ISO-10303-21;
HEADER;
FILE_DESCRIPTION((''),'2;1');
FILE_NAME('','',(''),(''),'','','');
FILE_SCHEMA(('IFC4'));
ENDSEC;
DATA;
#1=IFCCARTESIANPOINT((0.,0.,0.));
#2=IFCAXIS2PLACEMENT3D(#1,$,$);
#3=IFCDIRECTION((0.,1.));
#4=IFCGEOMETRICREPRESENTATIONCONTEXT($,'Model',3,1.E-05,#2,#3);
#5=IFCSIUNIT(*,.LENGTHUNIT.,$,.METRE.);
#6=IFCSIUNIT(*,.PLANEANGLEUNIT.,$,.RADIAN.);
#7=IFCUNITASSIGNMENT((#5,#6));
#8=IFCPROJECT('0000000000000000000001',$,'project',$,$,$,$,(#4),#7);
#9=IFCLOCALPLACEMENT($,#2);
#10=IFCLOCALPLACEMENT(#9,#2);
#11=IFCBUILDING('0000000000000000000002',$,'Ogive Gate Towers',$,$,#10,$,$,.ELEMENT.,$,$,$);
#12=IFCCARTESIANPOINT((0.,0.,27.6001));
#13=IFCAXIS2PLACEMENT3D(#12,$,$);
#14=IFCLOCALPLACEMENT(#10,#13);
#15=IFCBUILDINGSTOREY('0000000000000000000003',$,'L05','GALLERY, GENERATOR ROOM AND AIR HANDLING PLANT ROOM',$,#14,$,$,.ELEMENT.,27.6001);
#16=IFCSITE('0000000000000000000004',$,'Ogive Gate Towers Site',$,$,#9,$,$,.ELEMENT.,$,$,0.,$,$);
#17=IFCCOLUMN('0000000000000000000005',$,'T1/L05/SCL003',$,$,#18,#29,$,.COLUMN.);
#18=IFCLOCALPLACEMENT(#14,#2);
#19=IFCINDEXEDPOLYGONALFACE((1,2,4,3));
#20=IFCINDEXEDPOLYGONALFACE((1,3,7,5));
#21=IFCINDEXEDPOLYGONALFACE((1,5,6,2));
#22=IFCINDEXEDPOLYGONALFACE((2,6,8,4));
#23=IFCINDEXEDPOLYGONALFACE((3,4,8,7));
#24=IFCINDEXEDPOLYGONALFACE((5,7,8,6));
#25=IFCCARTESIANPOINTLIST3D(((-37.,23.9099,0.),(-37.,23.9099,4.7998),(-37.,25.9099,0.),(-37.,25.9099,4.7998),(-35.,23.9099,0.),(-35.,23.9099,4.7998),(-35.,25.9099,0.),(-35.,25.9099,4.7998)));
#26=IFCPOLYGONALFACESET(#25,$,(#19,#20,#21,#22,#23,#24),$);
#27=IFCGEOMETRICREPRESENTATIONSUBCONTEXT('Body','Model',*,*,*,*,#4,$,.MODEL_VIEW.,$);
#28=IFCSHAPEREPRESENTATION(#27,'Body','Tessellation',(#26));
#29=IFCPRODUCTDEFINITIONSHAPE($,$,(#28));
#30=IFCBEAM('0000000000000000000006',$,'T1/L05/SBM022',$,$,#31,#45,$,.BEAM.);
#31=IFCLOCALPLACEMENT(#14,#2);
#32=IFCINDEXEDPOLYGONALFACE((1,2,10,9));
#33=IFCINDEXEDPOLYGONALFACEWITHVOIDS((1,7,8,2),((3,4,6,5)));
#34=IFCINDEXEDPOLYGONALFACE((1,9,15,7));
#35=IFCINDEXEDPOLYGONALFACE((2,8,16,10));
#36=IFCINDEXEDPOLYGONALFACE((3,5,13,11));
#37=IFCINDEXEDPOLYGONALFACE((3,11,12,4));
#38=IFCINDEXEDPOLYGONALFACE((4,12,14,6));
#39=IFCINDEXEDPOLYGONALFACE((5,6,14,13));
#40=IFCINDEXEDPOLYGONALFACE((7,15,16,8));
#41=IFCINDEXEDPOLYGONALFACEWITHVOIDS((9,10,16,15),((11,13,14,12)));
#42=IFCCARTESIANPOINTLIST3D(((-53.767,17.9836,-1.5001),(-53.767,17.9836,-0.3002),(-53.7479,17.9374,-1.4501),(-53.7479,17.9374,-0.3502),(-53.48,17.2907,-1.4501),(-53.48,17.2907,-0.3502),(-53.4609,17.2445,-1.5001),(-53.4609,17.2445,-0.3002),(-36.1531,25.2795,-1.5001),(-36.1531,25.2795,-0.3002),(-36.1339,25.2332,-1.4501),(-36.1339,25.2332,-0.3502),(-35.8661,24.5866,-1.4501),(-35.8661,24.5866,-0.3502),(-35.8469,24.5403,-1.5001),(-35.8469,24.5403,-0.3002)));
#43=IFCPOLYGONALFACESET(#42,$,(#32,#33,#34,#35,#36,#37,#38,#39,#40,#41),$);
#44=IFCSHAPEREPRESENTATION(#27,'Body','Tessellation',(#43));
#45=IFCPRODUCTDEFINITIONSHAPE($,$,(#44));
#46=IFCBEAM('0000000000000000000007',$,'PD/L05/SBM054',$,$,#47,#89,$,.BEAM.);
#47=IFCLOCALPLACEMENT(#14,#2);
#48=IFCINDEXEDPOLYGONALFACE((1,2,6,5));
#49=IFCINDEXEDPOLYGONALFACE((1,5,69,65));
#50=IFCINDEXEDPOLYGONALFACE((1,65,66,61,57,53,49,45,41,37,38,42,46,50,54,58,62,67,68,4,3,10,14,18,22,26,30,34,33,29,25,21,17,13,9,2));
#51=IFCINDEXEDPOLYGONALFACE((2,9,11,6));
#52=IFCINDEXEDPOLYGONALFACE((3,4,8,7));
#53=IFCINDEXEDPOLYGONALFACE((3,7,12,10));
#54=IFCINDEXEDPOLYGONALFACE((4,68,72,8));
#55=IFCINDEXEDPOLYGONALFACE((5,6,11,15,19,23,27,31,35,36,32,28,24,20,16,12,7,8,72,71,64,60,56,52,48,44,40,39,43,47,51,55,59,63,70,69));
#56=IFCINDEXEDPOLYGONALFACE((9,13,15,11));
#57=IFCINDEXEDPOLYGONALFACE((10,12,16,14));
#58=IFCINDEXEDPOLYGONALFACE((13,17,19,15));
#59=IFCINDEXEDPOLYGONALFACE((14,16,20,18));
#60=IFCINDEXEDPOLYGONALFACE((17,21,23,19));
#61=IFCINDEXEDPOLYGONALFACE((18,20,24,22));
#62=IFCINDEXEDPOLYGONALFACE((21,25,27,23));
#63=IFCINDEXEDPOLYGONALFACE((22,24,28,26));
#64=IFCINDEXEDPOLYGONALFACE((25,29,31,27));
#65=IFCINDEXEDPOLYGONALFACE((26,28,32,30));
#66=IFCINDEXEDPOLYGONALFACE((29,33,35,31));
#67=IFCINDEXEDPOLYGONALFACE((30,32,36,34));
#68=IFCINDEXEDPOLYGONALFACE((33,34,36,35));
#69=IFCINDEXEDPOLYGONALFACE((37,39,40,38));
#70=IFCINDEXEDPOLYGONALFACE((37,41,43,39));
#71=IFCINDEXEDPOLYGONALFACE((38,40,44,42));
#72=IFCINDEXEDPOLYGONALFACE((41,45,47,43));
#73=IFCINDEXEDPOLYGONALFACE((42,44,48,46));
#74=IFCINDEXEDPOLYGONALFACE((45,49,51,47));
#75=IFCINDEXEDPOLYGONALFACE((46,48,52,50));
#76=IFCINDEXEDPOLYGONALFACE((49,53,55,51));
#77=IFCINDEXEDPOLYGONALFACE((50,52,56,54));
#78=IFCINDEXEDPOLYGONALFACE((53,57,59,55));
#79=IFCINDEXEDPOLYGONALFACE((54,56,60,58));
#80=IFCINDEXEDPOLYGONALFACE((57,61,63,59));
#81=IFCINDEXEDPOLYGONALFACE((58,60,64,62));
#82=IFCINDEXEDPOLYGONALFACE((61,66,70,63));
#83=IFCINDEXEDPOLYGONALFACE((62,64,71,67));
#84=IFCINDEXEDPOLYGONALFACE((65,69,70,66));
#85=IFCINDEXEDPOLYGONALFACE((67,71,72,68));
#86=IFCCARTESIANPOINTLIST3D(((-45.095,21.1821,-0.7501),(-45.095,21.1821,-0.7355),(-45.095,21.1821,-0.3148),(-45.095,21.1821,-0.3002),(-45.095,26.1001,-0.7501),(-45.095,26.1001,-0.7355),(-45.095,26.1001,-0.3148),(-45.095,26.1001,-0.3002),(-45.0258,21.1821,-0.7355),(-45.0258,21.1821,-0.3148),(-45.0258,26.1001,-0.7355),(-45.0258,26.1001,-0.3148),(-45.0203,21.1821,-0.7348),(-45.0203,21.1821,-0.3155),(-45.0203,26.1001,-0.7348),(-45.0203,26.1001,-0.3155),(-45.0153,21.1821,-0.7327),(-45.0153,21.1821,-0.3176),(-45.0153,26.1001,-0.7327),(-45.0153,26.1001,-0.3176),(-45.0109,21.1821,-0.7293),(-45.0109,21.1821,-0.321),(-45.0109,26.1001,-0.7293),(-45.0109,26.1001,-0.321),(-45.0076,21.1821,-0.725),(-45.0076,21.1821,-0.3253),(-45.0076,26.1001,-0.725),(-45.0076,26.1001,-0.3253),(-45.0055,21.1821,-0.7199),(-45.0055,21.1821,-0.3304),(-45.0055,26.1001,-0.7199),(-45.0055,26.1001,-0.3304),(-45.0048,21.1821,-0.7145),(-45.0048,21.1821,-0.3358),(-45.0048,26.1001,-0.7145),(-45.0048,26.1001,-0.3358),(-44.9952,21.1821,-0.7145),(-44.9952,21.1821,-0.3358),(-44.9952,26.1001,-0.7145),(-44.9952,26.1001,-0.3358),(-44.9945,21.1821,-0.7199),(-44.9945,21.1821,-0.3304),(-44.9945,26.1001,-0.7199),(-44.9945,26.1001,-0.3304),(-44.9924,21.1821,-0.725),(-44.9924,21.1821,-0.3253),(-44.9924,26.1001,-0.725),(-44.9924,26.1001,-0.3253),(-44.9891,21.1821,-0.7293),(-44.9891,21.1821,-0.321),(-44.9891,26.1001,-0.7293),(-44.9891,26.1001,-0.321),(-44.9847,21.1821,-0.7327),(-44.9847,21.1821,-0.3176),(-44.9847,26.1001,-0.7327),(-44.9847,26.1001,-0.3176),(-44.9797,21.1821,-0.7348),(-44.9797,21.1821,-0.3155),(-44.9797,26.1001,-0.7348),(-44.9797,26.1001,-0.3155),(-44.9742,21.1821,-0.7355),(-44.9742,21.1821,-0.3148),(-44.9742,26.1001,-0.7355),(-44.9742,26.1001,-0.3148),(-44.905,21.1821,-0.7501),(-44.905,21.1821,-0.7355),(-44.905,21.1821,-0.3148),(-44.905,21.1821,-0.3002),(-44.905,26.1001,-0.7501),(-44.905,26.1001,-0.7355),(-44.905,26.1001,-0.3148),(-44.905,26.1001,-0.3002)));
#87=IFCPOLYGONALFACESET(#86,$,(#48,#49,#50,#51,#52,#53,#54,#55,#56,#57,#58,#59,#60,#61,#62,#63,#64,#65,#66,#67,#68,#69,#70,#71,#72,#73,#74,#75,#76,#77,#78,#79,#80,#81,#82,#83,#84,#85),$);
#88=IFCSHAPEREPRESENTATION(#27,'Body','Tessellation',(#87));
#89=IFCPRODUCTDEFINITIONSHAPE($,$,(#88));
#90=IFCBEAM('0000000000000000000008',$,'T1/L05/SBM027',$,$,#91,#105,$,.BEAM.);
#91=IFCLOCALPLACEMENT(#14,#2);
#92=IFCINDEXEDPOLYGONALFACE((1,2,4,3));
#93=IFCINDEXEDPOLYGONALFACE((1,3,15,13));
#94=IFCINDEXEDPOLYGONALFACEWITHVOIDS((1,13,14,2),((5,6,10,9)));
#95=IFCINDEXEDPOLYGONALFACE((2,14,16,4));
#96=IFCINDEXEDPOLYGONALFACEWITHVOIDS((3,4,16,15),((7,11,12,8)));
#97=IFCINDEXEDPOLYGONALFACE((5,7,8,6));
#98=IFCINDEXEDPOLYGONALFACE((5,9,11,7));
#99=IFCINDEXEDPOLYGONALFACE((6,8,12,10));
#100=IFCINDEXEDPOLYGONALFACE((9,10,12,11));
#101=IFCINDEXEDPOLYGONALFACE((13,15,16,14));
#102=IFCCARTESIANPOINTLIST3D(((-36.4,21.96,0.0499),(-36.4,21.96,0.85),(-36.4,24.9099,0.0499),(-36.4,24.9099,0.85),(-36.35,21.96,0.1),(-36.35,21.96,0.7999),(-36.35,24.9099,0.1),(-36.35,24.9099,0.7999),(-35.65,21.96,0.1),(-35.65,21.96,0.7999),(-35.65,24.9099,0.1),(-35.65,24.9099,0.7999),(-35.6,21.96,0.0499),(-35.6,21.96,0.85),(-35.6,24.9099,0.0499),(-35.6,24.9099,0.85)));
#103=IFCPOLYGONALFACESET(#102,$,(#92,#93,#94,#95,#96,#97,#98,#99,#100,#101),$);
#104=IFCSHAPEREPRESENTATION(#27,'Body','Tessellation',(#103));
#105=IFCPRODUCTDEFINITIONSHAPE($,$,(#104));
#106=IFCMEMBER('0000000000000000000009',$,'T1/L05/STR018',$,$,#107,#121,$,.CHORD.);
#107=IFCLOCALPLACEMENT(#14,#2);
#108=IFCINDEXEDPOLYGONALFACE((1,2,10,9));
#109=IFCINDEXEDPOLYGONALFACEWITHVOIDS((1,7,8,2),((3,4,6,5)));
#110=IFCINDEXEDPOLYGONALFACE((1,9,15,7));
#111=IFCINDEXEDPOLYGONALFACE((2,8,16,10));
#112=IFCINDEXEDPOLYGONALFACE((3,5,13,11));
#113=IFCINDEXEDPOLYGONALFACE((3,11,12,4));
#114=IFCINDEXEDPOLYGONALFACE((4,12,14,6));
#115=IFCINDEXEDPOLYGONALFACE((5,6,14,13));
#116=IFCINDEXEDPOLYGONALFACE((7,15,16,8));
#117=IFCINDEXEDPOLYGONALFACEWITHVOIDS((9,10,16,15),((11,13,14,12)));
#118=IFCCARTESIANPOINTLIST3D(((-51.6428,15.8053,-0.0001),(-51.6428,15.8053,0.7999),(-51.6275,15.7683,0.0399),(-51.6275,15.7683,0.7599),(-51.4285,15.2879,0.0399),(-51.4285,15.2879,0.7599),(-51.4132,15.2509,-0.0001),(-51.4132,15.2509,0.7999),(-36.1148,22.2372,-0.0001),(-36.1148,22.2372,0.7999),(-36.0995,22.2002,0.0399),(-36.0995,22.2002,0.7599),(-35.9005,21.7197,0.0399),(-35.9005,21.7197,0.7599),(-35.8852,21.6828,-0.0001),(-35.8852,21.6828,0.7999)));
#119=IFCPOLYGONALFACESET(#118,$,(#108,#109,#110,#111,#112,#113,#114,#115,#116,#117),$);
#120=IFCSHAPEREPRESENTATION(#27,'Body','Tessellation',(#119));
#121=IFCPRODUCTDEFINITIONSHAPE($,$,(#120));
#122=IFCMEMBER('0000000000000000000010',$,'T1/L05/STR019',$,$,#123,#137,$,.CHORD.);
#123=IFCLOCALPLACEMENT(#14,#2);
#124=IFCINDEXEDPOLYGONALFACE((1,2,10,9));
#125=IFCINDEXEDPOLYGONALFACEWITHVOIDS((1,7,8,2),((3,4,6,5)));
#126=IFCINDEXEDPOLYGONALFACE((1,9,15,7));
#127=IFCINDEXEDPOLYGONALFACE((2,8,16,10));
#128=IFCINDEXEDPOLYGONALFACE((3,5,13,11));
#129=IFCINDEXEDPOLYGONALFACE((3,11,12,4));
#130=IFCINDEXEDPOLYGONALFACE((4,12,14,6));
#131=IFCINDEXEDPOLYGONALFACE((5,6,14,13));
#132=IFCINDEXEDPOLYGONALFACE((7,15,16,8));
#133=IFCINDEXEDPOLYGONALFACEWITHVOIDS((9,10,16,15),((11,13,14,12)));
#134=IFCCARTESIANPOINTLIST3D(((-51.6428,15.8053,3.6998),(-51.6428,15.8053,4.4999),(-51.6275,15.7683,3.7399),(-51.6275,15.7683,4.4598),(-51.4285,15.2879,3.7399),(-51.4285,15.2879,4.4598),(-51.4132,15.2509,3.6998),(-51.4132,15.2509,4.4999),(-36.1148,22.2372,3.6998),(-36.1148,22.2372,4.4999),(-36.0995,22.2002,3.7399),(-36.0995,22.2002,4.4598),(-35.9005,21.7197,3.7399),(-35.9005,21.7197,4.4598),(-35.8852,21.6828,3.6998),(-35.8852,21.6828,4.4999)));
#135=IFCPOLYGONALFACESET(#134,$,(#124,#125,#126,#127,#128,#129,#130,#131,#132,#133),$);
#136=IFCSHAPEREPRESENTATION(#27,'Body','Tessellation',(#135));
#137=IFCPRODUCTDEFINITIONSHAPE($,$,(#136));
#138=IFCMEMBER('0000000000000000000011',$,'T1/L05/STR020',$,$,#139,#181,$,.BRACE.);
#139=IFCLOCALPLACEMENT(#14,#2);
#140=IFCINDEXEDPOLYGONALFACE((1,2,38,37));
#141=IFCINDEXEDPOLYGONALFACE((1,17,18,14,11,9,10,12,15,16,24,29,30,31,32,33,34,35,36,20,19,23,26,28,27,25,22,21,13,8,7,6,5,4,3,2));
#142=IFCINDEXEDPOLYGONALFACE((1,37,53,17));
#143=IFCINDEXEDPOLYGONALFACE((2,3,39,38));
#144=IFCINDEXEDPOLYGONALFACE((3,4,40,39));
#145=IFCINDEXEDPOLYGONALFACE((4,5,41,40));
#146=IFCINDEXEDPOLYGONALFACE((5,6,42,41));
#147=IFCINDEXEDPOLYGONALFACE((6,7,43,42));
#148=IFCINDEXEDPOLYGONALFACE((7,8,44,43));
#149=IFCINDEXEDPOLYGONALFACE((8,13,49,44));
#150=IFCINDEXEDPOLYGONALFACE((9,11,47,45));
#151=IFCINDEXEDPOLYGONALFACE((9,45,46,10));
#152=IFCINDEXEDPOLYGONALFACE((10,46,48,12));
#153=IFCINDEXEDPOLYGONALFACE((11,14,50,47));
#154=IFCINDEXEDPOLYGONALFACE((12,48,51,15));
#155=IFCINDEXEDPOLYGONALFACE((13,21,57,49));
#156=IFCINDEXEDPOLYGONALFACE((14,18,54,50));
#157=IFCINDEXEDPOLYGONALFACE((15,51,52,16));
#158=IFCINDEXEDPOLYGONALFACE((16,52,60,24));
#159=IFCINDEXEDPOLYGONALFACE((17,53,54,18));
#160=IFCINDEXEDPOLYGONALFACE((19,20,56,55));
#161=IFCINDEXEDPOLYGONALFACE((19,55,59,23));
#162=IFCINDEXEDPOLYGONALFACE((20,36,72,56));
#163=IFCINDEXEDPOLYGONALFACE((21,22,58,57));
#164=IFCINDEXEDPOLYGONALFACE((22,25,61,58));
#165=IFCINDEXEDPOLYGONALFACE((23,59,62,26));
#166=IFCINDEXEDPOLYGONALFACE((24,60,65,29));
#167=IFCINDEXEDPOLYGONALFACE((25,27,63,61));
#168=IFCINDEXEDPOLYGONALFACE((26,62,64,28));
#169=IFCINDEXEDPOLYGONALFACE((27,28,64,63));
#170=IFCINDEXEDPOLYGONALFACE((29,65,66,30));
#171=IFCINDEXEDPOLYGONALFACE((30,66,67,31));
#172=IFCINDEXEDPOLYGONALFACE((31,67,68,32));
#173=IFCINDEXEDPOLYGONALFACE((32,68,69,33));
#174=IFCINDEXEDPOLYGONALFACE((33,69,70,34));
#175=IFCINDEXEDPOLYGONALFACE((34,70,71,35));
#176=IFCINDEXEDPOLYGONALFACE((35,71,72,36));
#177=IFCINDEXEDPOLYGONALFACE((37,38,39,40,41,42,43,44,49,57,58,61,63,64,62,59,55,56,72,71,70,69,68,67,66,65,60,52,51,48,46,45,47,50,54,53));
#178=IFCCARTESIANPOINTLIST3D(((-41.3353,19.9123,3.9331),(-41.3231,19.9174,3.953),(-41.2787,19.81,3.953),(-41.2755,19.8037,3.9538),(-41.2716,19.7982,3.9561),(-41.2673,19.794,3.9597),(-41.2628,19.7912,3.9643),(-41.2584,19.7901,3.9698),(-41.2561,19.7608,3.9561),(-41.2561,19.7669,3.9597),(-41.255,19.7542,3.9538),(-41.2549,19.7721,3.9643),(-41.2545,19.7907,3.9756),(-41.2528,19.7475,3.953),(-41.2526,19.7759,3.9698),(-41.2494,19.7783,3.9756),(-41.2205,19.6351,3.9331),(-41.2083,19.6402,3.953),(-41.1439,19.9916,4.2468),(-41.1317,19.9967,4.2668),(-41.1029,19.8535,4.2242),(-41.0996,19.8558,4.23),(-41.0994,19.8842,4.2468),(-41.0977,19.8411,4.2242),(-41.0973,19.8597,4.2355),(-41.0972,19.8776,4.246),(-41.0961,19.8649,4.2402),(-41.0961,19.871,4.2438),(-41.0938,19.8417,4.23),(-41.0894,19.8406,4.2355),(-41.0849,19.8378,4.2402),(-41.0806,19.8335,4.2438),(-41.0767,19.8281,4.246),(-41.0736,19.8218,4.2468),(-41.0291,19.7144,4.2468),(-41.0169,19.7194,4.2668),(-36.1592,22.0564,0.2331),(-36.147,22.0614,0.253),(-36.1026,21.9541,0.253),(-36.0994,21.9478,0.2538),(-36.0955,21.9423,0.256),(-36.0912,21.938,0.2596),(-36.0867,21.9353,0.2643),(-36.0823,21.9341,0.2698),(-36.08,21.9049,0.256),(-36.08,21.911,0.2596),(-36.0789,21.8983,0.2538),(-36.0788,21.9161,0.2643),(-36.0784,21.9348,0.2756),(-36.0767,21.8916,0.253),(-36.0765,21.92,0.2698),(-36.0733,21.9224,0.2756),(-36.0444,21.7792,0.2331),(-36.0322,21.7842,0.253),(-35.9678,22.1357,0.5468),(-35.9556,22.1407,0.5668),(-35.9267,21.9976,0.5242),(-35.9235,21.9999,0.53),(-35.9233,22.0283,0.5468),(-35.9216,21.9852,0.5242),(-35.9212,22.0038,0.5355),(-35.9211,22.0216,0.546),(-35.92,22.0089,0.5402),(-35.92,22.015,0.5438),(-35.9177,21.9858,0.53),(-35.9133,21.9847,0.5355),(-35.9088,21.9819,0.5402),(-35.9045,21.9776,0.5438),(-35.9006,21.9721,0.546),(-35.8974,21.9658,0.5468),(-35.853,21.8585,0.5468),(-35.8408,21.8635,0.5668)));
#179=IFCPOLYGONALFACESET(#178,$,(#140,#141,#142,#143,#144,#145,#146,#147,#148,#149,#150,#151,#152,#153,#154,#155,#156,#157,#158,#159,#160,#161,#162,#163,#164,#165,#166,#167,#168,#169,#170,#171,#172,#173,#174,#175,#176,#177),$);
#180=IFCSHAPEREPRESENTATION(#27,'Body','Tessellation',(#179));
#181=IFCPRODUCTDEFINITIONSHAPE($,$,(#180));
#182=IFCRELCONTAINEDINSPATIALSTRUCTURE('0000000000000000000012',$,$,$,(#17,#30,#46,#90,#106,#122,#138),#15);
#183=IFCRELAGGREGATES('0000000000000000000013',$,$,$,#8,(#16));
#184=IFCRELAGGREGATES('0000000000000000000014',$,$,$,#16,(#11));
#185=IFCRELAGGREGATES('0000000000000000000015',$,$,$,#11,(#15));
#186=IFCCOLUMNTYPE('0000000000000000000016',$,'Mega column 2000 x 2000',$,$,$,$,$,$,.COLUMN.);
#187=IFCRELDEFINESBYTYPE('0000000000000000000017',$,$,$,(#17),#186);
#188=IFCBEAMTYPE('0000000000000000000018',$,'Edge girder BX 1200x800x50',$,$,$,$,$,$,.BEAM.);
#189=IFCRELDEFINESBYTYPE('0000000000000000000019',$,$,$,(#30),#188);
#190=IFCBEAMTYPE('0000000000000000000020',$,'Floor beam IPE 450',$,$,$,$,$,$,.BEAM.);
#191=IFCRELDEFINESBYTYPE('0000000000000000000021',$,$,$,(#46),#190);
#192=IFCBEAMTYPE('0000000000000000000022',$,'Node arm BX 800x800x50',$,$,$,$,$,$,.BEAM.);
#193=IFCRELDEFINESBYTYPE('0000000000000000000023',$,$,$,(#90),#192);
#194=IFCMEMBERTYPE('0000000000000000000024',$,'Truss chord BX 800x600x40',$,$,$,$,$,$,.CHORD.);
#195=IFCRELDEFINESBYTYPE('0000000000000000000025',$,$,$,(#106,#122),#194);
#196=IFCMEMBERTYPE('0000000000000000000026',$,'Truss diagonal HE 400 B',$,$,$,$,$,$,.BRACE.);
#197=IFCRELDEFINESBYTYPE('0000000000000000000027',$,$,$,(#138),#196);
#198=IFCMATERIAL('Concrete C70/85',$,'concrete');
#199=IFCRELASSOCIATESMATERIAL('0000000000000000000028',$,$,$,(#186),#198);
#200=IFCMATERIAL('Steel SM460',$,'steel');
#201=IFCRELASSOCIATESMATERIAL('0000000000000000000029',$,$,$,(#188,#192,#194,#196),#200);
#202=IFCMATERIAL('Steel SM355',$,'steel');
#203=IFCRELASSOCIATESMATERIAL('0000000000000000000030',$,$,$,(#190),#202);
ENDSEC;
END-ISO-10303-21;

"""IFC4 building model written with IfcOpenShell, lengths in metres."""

from ifc_helpers import new_model, si_unit, direction, frame, origin, origin_2d, place, context, subcontext, project, spatial, rectangle, hollow_rectangle, i_section, extrude, material, material_profile, profile_set, type_object, element, save


model = new_model("IFC4")

# Units and contexts
model_context = context("Model", 3, precision=1e-05, world=origin(), true_north=direction((0.0, 1.0)))
body_context = subcontext(model_context, "Body", "Model", "MODEL_VIEW")
ifc_project = project(units=[si_unit("LENGTHUNIT", "METRE"), si_unit("PLANEANGLEUNIT", "RADIAN")], contexts=[model_context])

# Site, building, storey
site_placement = place(None, origin())
site = spatial("IfcSite", under=ifc_project, at=site_placement, Name="Ogive Gate Towers Site", CompositionType="ELEMENT", RefElevation=0.0)
building_placement = place(site_placement, origin())
building = spatial("IfcBuilding", under=site, at=building_placement, Name="Ogive Gate Towers", CompositionType="ELEMENT")
storey_placement = place(building_placement, frame((0.0, 0.0, 27.6001)))
storey = spatial("IfcBuildingStorey", under=building, at=storey_placement, Name="L05", Description="GALLERY, GENERATOR ROOM AND AIR HANDLING PLANT ROOM", CompositionType="ELEMENT", Elevation=27.6001)

# Column
ifc_material_1 = material(Name="Concrete C70/85", Category="concrete")
ifc_material_profile_1 = material_profile(ifc_material_1, rectangle(XDim=2.0, YDim=2.0, at=origin_2d()), Name="RC 2000x2000")
ifc_profile_set_1 = profile_set([ifc_material_profile_1], Name="Concrete C70/85")
column_type = type_object("IfcColumnType", Name="Mega column 2000 x 2000", PredefinedType="COLUMN", material=ifc_profile_set_1)
column_placement = place(storey_placement, frame((-36.0, 24.9099, 0.0), z_axis=(0.0, 0.0, 1.0), x_axis=(0.0, 1.0, 0.0)))
element("IfcColumn", 1, at=column_placement, inside=storey, type_object=column_type, Name="T1/L05/SCL003", PredefinedType="COLUMN", context=body_context, shape_type="SweptSolid", body=[
    extrude(rectangle(XDim=2.0, YDim=2.0, at=origin_2d()), origin(), (0.0, 0.0, 1.0), 4.7998),
])

# Beams
ifc_material_2 = material(Name="Steel SM460", Category="steel")
ifc_material_profile_2 = material_profile(ifc_material_2, hollow_rectangle(XDim=0.8, YDim=1.2, WallThickness=0.05, at=origin_2d()), Name="BX 1200x800x50")
ifc_profile_set_2 = profile_set([ifc_material_profile_2], Name="Steel SM460")
beam_type_1 = type_object("IfcBeamType", Name="Edge girder BX 1200x800x50", PredefinedType="BEAM", material=ifc_profile_set_2)
beam_1_placement = place(storey_placement, frame((-36.0, 24.9099, -0.9001), z_axis=(-0.923881, -0.382681, 0.0), x_axis=(0.382681, -0.923881, 0.0)))
element("IfcBeam", 2, at=beam_1_placement, inside=storey, type_object=beam_type_1, Name="T1/L05/SBM022", PredefinedType="BEAM", context=body_context, shape_type="SweptSolid", body=[
    extrude(hollow_rectangle(XDim=0.8, YDim=1.2, WallThickness=0.05, at=origin_2d()), origin(), (0.0, 0.0, 1.0), 19.0652),
])
ifc_material_3 = material(Name="Steel SM355", Category="steel")
ifc_material_profile_3 = material_profile(ifc_material_3, i_section(OverallWidth=0.1899, OverallDepth=0.45, WebThickness=0.0095, FlangeThickness=0.0146, FilletRadius=0.021, at=origin_2d()), Name="IPE 450")
ifc_profile_set_3 = profile_set([ifc_material_profile_3], Name="Steel SM355")
beam_type_2 = type_object("IfcBeamType", Name="Floor beam IPE 450", PredefinedType="BEAM", material=ifc_profile_set_3)
beam_2_placement = place(storey_placement, frame((-45.0, 26.1001, -0.5251), z_axis=(0.0, -1.0, 0.0), x_axis=(1.0, 0.0, 0.0)))
element("IfcBeam", 3, at=beam_2_placement, inside=storey, type_object=beam_type_2, Name="PD/L05/SBM054", PredefinedType="BEAM", context=body_context, shape_type="SweptSolid", body=[
    extrude(i_section(OverallWidth=0.1899, OverallDepth=0.45, WebThickness=0.0095, FlangeThickness=0.0146, FilletRadius=0.021, at=origin_2d()), origin(), (0.0, 0.0, 1.0), 4.918),
])
ifc_material_profile_4 = material_profile(ifc_material_2, hollow_rectangle(XDim=0.8, YDim=0.8, WallThickness=0.05, at=origin_2d()), Name="BX 800x800x50")
ifc_profile_set_4 = profile_set([ifc_material_profile_4], Name="Steel SM460")
beam_type_3 = type_object("IfcBeamType", Name="Node arm BX 800x800x50", PredefinedType="BEAM", material=ifc_profile_set_4)
beam_3_placement = place(storey_placement, frame((-36.0, 21.96, 0.45), z_axis=(0.0, 1.0, 0.0), x_axis=(-1.0, 0.0, 0.0)))
element("IfcBeam", 4, at=beam_3_placement, inside=storey, type_object=beam_type_3, Name="T1/L05/SBM027", PredefinedType="BEAM", context=body_context, shape_type="SweptSolid", body=[
    extrude(hollow_rectangle(XDim=0.8, YDim=0.8, WallThickness=0.05, at=origin_2d()), origin(), (0.0, 0.0, 1.0), 2.95),
])

# Members
ifc_material_profile_5 = material_profile(ifc_material_2, hollow_rectangle(XDim=0.6001, YDim=0.8, WallThickness=0.04, at=origin_2d()), Name="BX 800x600x40")
ifc_profile_set_5 = profile_set([ifc_material_profile_5], Name="Steel SM460")
member_type_1 = type_object("IfcMemberType", Name="Truss chord BX 800x600x40", PredefinedType="CHORD", material=ifc_profile_set_5)
for number, where, z_axis, x_axis, name in (
    (5, (-36.0, 21.96, 0.3999), (-0.923881, -0.382681, 0.0), (0.382681, -0.923881, 0.0), "T1/L05/STR018"),
    (6, (-36.0, 21.96, 4.0999), (-0.923881, -0.382681, 0.0), (0.382681, -0.923881, 0.0), "T1/L05/STR019"),
):
    element("IfcMember", number, at=place(storey_placement, frame(where, z_axis=z_axis, x_axis=x_axis)), inside=storey, type_object=member_type_1, Name=name, PredefinedType="CHORD", context=body_context, shape_type="SweptSolid", body=[
        extrude(hollow_rectangle(XDim=0.6001, YDim=0.8, WallThickness=0.04, at=origin_2d()), origin(), (0.0, 0.0, 1.0), 16.8074),
    ])
ifc_material_profile_6 = material_profile(ifc_material_2, i_section(OverallWidth=0.3, OverallDepth=0.3999, WebThickness=0.0134, FlangeThickness=0.0239, FilletRadius=0.0271, at=origin_2d()), Name="HE 400 B")
ifc_profile_set_6 = profile_set([ifc_material_profile_6], Name="Steel SM460")
member_type_2 = type_object("IfcMemberType", Name="Truss diagonal HE 400 B", PredefinedType="BRACE", material=ifc_profile_set_6)
member_1_placement = place(storey_placement, frame((-36.0, 21.96, 0.3999), z_axis=(-0.77093, -0.319339, 0.55108), x_axis=(0.382693, -0.923876, 0.0)))
element("IfcMember", 7, at=member_1_placement, inside=storey, type_object=member_type_2, Name="T1/L05/STR020", PredefinedType="BRACE", context=body_context, shape_type="SweptSolid", body=[
    extrude(i_section(OverallWidth=0.3, OverallDepth=0.3999, WebThickness=0.0134, FlangeThickness=0.0239, FilletRadius=0.0271, at=origin_2d()), origin(), (0.0, 0.0, 1.0), 6.7141),
])

save(model, "model.ifc")
